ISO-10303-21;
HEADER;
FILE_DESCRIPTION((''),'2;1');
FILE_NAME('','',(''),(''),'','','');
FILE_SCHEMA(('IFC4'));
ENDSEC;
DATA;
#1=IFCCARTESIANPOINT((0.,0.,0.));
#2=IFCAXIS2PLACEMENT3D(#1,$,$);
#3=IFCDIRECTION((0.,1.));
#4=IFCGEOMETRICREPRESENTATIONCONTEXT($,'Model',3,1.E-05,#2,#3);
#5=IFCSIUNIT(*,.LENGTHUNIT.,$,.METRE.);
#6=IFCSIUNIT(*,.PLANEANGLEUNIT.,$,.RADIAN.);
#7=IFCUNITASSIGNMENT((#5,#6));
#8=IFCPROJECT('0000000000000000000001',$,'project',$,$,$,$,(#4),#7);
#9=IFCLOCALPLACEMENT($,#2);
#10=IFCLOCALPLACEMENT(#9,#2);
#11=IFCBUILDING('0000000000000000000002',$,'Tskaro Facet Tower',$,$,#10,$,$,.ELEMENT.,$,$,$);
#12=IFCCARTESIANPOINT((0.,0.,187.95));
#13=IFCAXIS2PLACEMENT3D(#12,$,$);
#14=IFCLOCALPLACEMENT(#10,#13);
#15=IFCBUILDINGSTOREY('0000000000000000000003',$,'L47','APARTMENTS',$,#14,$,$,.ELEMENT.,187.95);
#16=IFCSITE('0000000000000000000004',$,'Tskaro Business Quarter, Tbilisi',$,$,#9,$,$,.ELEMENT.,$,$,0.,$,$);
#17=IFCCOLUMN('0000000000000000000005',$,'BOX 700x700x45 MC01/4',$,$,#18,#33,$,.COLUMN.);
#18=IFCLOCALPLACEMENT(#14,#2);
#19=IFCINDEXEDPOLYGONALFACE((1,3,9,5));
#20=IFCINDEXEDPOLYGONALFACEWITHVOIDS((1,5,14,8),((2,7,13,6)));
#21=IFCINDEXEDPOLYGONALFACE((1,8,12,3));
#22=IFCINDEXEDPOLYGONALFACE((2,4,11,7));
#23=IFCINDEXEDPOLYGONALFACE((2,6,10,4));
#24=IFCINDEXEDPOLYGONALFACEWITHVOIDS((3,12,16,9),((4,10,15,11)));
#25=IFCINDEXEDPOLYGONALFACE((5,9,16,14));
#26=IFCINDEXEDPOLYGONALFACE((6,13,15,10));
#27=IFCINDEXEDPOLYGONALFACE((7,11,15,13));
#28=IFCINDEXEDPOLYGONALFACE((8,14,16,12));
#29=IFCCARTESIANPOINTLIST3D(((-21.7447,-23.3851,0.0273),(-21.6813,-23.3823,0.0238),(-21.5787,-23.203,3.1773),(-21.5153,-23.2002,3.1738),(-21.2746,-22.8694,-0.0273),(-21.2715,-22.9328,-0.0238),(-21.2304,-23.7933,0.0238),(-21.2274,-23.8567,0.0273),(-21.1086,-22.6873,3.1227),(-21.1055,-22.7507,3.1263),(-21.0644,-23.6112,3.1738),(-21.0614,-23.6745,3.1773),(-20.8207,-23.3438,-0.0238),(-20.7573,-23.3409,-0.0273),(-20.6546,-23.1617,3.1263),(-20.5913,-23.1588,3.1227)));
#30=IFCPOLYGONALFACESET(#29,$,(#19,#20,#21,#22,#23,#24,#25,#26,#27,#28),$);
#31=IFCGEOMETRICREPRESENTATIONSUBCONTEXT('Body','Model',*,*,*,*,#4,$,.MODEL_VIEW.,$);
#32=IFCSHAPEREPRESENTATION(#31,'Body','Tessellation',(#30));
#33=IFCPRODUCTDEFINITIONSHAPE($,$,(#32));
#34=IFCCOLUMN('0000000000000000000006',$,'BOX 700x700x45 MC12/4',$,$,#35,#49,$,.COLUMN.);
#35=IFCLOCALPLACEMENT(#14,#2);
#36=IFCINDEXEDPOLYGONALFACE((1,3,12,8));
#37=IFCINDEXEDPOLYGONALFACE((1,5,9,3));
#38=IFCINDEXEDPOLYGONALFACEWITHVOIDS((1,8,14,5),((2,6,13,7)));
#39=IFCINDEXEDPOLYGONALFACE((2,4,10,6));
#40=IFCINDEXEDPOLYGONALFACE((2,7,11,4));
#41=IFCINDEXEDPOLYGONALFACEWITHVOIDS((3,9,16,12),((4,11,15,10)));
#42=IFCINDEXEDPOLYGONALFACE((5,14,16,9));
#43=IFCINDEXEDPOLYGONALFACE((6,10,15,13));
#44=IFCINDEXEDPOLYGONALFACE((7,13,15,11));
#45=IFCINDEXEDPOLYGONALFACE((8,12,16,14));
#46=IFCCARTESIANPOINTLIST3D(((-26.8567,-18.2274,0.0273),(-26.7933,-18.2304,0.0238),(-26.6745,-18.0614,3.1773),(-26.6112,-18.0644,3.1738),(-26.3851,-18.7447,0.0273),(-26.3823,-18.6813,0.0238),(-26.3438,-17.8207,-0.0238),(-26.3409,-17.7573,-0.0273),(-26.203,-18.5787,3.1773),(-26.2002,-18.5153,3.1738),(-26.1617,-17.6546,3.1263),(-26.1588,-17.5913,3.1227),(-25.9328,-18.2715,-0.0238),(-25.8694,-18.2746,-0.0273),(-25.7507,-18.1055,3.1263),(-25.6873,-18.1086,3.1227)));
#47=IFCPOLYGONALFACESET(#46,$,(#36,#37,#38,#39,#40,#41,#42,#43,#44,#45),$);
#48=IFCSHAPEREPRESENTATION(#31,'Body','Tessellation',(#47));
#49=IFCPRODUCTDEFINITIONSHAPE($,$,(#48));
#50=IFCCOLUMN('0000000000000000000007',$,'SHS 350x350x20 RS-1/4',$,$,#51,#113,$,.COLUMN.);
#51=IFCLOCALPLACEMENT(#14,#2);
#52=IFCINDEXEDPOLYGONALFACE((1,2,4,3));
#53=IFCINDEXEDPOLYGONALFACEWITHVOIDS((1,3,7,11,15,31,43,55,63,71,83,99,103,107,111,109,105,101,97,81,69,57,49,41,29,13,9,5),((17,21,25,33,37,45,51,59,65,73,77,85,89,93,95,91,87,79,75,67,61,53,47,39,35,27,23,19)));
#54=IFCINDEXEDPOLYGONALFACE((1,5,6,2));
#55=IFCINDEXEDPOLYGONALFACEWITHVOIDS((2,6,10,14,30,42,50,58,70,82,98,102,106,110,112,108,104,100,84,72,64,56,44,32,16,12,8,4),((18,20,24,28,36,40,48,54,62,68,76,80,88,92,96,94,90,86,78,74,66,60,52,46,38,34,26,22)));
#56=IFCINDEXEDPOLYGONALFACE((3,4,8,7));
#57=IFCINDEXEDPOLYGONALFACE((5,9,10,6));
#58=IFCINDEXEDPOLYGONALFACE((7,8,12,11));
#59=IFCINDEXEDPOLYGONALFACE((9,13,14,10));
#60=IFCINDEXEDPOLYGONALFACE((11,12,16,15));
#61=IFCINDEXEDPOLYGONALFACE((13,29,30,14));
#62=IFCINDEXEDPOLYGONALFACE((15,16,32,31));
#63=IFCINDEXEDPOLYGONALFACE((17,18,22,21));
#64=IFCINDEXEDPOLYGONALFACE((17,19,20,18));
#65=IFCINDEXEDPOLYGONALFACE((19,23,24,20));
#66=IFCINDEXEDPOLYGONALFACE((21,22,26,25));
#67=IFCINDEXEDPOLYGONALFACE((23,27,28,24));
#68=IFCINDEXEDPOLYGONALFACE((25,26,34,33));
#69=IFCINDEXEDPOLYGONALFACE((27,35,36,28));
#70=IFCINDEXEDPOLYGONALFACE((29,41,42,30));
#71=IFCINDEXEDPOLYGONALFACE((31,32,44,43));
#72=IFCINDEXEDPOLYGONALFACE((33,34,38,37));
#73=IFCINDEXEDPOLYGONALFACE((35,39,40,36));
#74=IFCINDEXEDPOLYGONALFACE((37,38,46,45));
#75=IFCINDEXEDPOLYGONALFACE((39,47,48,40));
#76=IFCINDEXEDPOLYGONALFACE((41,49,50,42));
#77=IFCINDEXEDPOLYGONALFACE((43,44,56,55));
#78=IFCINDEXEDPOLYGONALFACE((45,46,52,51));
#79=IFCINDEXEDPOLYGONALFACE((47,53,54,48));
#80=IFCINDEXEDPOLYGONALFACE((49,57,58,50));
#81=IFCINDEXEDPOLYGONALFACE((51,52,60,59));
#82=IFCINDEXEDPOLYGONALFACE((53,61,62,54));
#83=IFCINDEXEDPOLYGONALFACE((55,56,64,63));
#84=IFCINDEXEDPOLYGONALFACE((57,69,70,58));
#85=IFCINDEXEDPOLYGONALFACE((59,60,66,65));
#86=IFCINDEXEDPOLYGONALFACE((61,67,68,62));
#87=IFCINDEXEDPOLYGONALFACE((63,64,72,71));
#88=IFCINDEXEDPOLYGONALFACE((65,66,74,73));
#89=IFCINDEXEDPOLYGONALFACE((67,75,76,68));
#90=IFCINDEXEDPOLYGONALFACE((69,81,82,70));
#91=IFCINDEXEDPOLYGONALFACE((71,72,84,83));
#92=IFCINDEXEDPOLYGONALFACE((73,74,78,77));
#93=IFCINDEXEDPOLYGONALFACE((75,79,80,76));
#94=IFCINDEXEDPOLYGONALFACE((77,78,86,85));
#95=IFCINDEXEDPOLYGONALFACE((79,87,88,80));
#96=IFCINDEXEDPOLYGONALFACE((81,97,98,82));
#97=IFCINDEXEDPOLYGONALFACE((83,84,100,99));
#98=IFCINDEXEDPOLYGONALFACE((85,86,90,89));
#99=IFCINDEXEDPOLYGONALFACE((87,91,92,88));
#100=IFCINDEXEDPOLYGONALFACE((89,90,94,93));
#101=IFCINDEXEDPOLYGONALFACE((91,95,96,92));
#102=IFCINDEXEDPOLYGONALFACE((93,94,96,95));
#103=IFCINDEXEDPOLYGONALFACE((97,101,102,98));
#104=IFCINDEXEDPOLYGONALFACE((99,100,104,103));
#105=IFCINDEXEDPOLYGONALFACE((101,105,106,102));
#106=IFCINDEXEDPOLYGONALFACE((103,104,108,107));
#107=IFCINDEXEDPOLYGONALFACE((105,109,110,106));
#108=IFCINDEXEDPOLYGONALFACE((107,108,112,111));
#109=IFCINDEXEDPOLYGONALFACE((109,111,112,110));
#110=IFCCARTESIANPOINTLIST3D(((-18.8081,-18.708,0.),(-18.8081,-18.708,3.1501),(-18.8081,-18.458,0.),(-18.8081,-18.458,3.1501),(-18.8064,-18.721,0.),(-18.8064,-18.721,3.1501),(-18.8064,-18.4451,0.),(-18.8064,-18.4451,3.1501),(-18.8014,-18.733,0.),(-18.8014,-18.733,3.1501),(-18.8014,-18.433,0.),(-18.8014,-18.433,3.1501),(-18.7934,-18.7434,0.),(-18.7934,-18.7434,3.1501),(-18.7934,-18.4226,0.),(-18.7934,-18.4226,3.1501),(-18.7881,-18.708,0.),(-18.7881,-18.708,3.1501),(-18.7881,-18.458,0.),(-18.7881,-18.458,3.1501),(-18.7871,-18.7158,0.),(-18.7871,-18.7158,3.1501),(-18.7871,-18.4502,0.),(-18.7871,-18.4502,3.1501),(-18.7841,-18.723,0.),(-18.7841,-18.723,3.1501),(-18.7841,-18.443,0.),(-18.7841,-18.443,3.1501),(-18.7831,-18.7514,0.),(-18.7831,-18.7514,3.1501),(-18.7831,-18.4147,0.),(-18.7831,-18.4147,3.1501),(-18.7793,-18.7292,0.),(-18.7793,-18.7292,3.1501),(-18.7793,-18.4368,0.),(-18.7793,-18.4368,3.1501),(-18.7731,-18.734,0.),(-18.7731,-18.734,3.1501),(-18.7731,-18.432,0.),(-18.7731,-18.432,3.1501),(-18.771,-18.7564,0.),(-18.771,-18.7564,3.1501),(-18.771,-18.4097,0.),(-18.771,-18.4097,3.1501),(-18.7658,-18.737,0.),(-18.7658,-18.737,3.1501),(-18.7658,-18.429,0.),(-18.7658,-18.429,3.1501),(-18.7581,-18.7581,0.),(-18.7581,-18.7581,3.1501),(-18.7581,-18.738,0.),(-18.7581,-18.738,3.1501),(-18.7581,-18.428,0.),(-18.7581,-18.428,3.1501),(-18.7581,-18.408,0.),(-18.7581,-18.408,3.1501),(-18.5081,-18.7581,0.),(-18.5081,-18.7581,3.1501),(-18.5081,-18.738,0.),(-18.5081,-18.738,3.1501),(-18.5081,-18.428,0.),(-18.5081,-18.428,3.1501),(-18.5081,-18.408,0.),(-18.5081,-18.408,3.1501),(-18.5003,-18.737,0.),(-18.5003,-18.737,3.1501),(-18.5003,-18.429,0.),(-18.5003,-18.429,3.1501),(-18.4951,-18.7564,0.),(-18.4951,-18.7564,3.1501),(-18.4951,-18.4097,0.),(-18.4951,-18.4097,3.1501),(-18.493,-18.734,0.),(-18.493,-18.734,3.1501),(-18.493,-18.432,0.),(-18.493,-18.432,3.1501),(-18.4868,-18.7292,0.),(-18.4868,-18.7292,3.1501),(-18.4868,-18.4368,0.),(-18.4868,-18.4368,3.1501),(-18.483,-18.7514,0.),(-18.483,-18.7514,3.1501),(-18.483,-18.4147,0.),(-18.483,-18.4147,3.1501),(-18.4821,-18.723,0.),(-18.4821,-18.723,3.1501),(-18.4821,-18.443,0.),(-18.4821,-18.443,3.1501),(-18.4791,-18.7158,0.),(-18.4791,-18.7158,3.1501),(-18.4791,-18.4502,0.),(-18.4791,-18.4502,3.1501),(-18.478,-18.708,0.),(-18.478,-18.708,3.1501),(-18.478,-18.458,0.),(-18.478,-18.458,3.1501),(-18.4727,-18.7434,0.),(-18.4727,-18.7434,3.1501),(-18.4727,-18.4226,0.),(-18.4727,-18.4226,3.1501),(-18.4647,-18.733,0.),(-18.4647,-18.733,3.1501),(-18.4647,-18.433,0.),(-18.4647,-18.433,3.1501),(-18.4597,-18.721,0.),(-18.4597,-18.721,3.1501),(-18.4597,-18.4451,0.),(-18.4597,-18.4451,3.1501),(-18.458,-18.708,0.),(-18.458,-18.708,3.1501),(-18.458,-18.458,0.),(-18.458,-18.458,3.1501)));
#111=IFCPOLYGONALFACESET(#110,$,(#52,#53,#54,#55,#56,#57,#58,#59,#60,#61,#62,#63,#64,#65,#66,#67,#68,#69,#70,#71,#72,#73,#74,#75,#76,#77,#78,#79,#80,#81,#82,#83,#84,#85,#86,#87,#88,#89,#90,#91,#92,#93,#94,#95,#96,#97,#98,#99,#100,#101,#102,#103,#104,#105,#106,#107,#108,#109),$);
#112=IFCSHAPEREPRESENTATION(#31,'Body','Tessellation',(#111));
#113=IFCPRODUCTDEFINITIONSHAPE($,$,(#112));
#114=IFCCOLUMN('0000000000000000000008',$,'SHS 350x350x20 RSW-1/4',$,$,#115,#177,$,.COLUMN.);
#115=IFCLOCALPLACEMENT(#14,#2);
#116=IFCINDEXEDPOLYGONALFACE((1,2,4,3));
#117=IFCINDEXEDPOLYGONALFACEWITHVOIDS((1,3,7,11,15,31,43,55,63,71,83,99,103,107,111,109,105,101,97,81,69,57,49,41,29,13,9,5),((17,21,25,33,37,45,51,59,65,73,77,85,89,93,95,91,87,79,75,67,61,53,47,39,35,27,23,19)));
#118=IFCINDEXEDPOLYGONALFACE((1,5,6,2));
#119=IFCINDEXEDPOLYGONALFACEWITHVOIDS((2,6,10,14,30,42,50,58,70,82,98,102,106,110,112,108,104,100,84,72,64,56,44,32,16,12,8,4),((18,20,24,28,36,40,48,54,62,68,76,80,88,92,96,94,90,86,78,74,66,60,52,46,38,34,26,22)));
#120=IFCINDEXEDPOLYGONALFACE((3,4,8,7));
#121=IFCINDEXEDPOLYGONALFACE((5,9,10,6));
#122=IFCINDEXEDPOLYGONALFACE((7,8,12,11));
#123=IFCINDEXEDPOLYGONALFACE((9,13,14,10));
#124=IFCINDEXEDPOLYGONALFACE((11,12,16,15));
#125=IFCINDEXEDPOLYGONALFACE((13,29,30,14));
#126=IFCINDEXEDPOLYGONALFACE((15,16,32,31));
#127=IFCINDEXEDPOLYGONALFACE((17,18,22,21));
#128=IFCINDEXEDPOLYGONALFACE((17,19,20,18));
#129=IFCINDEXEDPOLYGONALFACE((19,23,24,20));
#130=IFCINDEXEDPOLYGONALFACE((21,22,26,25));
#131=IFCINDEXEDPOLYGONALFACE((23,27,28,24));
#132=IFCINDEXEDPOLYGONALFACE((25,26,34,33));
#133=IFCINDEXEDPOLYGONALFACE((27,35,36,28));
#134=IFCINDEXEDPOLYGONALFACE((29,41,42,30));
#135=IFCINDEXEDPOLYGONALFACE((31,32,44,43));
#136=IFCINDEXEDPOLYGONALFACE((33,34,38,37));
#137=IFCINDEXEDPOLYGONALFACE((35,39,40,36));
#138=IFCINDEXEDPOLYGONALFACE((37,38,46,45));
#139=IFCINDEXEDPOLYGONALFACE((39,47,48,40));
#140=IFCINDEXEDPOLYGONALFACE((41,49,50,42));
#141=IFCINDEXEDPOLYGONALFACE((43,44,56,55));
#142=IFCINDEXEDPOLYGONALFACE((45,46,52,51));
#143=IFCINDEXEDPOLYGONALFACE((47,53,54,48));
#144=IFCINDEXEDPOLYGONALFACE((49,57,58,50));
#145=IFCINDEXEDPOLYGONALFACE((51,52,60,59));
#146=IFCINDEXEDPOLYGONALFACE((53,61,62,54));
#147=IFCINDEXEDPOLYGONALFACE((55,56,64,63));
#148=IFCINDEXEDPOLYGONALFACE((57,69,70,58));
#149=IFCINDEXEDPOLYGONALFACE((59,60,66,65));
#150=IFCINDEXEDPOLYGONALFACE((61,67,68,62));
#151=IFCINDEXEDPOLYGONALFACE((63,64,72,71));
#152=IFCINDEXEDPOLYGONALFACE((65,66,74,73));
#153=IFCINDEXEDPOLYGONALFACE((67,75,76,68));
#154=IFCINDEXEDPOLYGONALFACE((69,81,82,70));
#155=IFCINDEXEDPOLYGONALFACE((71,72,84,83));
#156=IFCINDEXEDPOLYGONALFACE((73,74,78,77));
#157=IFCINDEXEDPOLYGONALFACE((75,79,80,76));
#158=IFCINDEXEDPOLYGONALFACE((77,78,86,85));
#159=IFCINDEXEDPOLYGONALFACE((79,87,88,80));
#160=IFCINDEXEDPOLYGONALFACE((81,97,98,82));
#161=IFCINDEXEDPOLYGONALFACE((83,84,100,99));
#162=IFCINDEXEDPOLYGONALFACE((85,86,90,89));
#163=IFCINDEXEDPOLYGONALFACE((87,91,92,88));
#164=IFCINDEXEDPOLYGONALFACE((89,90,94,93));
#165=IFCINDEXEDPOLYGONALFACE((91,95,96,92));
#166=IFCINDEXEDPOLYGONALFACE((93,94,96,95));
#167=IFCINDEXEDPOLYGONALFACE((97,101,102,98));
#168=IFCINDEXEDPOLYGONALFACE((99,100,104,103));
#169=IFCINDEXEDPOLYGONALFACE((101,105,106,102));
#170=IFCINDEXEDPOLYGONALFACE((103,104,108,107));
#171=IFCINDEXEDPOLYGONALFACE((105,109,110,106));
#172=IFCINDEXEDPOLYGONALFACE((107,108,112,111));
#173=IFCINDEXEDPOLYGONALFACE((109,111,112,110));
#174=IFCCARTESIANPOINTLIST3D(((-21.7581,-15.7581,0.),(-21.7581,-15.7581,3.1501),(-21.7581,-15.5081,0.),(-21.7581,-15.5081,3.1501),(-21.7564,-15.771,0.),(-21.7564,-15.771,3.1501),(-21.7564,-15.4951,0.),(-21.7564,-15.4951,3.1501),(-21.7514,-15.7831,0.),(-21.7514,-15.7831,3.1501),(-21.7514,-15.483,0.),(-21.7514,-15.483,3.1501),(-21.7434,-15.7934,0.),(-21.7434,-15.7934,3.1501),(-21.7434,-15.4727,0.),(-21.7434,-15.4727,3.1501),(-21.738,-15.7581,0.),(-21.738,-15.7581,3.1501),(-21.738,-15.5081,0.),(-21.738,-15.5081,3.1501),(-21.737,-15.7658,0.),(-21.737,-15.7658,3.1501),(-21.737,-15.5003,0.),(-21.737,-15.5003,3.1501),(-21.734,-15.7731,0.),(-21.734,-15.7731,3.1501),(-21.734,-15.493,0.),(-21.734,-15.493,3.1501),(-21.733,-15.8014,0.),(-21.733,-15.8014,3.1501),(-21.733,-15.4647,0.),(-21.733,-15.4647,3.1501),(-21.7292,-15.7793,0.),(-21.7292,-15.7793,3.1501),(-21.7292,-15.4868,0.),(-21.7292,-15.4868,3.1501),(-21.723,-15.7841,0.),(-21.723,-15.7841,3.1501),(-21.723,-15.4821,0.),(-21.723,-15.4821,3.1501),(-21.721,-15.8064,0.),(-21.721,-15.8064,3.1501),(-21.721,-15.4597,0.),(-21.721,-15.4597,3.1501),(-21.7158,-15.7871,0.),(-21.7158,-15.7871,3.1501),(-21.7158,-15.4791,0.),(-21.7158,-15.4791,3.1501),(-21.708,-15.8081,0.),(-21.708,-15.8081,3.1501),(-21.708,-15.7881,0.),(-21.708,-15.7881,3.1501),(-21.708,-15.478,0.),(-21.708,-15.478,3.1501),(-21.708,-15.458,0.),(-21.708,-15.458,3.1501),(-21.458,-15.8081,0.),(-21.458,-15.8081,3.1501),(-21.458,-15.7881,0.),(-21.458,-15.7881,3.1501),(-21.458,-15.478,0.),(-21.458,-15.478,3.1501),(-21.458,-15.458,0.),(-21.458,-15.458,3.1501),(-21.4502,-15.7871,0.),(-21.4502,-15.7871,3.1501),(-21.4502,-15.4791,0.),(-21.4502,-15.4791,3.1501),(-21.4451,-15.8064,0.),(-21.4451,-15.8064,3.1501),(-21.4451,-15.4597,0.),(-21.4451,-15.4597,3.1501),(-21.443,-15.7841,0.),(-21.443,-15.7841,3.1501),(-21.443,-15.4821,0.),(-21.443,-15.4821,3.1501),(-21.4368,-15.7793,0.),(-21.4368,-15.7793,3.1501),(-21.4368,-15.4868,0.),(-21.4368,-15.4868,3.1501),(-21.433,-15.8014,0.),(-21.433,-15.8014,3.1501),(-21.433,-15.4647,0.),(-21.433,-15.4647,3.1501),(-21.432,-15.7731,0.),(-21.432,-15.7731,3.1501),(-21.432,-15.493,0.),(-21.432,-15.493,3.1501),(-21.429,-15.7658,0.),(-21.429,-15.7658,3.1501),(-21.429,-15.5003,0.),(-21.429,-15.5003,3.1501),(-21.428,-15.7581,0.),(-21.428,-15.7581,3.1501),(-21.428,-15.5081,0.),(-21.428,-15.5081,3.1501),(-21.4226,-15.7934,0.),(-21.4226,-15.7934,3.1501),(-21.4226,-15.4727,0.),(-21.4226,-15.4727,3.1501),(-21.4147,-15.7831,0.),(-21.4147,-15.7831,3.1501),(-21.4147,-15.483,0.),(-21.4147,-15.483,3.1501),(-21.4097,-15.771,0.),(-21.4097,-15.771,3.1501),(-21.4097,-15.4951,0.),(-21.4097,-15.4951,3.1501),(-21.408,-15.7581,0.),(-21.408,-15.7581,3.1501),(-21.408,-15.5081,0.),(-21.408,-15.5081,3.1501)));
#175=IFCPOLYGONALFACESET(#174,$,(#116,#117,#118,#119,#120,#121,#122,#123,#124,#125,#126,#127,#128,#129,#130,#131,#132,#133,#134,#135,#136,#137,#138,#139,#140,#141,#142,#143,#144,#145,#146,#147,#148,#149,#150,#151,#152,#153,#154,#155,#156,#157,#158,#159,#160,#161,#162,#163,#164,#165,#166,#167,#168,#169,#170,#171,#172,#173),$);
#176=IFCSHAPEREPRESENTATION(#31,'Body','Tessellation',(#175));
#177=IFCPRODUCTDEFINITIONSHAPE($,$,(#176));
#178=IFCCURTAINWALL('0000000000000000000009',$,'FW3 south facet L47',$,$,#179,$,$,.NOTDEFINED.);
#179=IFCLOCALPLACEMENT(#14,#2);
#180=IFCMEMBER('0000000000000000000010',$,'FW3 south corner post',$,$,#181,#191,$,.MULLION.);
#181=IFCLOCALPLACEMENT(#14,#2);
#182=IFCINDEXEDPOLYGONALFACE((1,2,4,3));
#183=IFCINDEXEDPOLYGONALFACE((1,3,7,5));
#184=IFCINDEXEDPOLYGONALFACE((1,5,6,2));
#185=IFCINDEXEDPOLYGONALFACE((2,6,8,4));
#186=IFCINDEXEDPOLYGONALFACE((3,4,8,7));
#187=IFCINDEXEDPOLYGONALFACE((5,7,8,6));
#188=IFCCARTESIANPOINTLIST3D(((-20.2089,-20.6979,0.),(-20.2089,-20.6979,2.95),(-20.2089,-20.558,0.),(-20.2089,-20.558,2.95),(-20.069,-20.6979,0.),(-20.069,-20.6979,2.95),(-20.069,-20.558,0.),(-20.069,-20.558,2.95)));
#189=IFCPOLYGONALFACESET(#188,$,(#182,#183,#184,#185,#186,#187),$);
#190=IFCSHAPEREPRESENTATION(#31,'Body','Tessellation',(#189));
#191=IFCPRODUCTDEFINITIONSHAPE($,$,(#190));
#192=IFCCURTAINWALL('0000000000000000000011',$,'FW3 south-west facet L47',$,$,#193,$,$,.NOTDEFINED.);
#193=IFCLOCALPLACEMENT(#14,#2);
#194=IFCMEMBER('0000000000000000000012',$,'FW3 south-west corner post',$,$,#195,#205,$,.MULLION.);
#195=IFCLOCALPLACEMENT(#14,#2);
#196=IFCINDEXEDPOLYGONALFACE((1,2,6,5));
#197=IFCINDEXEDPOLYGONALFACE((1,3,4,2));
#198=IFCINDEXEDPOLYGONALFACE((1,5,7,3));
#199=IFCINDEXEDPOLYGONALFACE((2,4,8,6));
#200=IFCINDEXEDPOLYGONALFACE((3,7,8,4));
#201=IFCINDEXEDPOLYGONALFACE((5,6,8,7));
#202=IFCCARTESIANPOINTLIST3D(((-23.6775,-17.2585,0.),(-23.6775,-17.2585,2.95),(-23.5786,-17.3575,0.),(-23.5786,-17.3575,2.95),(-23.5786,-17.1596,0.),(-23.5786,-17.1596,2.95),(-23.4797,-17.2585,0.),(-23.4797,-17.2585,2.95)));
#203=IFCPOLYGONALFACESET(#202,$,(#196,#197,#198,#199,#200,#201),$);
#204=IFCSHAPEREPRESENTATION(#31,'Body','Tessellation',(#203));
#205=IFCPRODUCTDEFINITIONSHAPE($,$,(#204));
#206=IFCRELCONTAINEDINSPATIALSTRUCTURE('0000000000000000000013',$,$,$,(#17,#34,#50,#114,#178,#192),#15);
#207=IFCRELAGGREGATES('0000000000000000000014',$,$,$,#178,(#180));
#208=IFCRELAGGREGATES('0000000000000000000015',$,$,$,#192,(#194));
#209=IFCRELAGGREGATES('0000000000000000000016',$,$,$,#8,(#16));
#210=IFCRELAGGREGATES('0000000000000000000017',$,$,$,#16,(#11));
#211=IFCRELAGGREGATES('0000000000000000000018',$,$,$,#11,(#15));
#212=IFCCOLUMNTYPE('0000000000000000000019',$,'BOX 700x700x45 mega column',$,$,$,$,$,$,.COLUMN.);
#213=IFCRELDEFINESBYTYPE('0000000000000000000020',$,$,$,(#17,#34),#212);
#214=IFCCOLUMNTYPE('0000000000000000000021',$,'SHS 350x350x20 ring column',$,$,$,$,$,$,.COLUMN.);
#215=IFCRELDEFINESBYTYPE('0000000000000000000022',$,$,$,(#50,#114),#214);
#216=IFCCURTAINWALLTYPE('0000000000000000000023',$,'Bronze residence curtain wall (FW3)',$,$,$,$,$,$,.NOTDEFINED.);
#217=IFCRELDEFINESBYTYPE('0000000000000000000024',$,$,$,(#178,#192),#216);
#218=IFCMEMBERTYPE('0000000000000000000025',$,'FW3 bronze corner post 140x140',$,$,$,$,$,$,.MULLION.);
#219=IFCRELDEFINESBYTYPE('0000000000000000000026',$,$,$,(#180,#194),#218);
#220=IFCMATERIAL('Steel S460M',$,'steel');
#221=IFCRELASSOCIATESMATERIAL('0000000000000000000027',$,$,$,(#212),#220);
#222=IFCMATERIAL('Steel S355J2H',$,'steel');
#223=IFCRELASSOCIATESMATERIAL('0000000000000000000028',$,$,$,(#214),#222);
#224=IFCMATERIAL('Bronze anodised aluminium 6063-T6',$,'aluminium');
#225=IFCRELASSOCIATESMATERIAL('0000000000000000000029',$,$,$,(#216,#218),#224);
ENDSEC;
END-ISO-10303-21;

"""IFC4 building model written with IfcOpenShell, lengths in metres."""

from ifc_helpers import new_model, si_unit, direction, frame, origin, origin_2d, place, context, subcontext, project, spatial, rectangle, hollow_rectangle, extrude, material, material_profile, profile_set, type_object, element, aggregate, save


model = new_model("IFC4")

# Units and contexts
model_context = context("Model", 3, precision=1e-05, world=origin(), true_north=direction((0.0, 1.0)))
body_context = subcontext(model_context, "Body", "Model", "MODEL_VIEW")
ifc_project = project(units=[si_unit("LENGTHUNIT", "METRE"), si_unit("PLANEANGLEUNIT", "RADIAN")], contexts=[model_context])

# Site, building, storey
site_placement = place(None, origin())
site = spatial("IfcSite", under=ifc_project, at=site_placement, Name="Tskaro Business Quarter, Tbilisi", CompositionType="ELEMENT", RefElevation=0.0)
building_placement = place(site_placement, origin())
building = spatial("IfcBuilding", under=site, at=building_placement, Name="Tskaro Facet Tower", CompositionType="ELEMENT")
storey_placement = place(building_placement, frame((0.0, 0.0, 187.95)))
storey = spatial("IfcBuildingStorey", under=building, at=storey_placement, Name="L47", Description="APARTMENTS", CompositionType="ELEMENT", Elevation=187.95)

# Columns
ifc_material_1 = material(Name="Steel S460M", Category="steel")
ifc_material_profile_1 = material_profile(ifc_material_1, hollow_rectangle(XDim=0.7, YDim=0.7, WallThickness=0.0449, at=origin_2d()), Name="BOX 700x700x45")
ifc_profile_set_1 = profile_set([ifc_material_profile_1], Name="Steel S460M")
column_type_1 = type_object("IfcColumnType", Name="BOX 700x700x45 mega column", PredefinedType="COLUMN", material=ifc_profile_set_1)
for number, where, z_axis, x_axis, name in (
    (1, (-21.251, -23.363, 0.0), (0.05254, 0.05764, 0.996954), (-0.739043, 0.673658, 0.0), "BOX 700x700x45 MC01/4"),
    (2, (-26.363, -18.251, 0.0), (0.05764, 0.05254, 0.996954), (-0.673658, 0.739043, 0.0), "BOX 700x700x45 MC12/4"),
):
    element("IfcColumn", number, at=place(storey_placement, frame(where, z_axis=z_axis, x_axis=x_axis)), inside=storey, type_object=column_type_1, Name=name, PredefinedType="COLUMN", context=body_context, shape_type="SweptSolid", body=[
        extrude(hollow_rectangle(XDim=0.7, YDim=0.7, WallThickness=0.0449, at=origin_2d()), origin(), (0.0, 0.0, 1.0), 3.1597),
    ])
ifc_material_2 = material(Name="Steel S355J2H", Category="steel")
ifc_material_profile_2 = material_profile(ifc_material_2, hollow_rectangle(XDim=0.3501, YDim=0.3501, WallThickness=0.02, InnerFilletRadius=0.03, OuterFilletRadius=0.05, at=origin_2d()), Name="SHS 350x350x20")
ifc_profile_set_2 = profile_set([ifc_material_profile_2], Name="Steel S355J2H")
column_type_2 = type_object("IfcColumnType", Name="SHS 350x350x20 ring column", PredefinedType="COLUMN", material=ifc_profile_set_2)
for number, where, z_axis, x_axis, name in (
    (3, (-18.6331, -18.583, 0.0), (0.0, 0.0, 1.0), (1.0, 0.0, 0.0), "SHS 350x350x20 RS-1/4"),
    (4, (-21.583, -15.6331, 0.0), (0.0, 0.0, 1.0), (1.0, 0.0, 0.0), "SHS 350x350x20 RSW-1/4"),
):
    element("IfcColumn", number, at=place(storey_placement, frame(where, z_axis=z_axis, x_axis=x_axis)), inside=storey, type_object=column_type_2, Name=name, PredefinedType="COLUMN", context=body_context, shape_type="SweptSolid", body=[
        extrude(hollow_rectangle(XDim=0.3501, YDim=0.3501, WallThickness=0.02, InnerFilletRadius=0.03, OuterFilletRadius=0.05, at=origin_2d()), origin(), (0.0, 0.0, 1.0), 3.1501),
    ])

# Curtain walls, members
ifc_material_3 = material(Name="Bronze anodised aluminium 6063-T6", Category="aluminium")
curtain_wall_type = type_object("IfcCurtainWallType", Name="Bronze residence curtain wall (FW3)", PredefinedType="NOTDEFINED", material=ifc_material_3)
curtain_wall_1_placement = place(storey_placement, origin())
curtain_wall_1 = element("IfcCurtainWall", 5, at=curtain_wall_1_placement, inside=storey, type_object=curtain_wall_type, Name="FW3 south facet L47", PredefinedType="NOTDEFINED")
ifc_material_profile_3 = material_profile(ifc_material_3, rectangle(XDim=0.1399, YDim=0.1399, at=origin_2d()), Name="Corner post 140x140")
ifc_profile_set_3 = profile_set([ifc_material_profile_3], Name="Bronze anodised aluminium 6063-T6")
member_type_1 = type_object("IfcMemberType", Name="FW3 bronze corner post 140x140", PredefinedType="MULLION", material=ifc_profile_set_3)
member_1_placement = place(storey_placement, frame((-20.1389, -20.6279, 0.0), z_axis=(0.0, 0.0, 1.0), x_axis=(1.0, 0.0, 0.0)))
member_1 = element("IfcMember", 6, at=member_1_placement, type_object=member_type_1, Name="FW3 south corner post", PredefinedType="MULLION", context=body_context, shape_type="SweptSolid", body=[
    extrude(rectangle(XDim=0.1399, YDim=0.1399, at=origin_2d()), origin(), (0.0, 0.0, 1.0), 2.95),
])
curtain_wall_2_placement = place(storey_placement, origin())
curtain_wall_2 = element("IfcCurtainWall", 7, at=curtain_wall_2_placement, inside=storey, type_object=curtain_wall_type, Name="FW3 south-west facet L47", PredefinedType="NOTDEFINED")
member_2_placement = place(storey_placement, frame((-23.5786, -17.2585, 0.0), z_axis=(0.0, 0.0, 1.0), x_axis=(0.707107, -0.707107, 0.0)))
member_2 = element("IfcMember", 8, at=member_2_placement, type_object=member_type_1, Name="FW3 south-west corner post", PredefinedType="MULLION", context=body_context, shape_type="SweptSolid", body=[
    extrude(rectangle(XDim=0.1399, YDim=0.1399, at=origin_2d()), origin(), (0.0, 0.0, 1.0), 2.95),
])

aggregate(curtain_wall_1, [member_1])

aggregate(curtain_wall_2, [member_2])

save(model, "model.ifc")
